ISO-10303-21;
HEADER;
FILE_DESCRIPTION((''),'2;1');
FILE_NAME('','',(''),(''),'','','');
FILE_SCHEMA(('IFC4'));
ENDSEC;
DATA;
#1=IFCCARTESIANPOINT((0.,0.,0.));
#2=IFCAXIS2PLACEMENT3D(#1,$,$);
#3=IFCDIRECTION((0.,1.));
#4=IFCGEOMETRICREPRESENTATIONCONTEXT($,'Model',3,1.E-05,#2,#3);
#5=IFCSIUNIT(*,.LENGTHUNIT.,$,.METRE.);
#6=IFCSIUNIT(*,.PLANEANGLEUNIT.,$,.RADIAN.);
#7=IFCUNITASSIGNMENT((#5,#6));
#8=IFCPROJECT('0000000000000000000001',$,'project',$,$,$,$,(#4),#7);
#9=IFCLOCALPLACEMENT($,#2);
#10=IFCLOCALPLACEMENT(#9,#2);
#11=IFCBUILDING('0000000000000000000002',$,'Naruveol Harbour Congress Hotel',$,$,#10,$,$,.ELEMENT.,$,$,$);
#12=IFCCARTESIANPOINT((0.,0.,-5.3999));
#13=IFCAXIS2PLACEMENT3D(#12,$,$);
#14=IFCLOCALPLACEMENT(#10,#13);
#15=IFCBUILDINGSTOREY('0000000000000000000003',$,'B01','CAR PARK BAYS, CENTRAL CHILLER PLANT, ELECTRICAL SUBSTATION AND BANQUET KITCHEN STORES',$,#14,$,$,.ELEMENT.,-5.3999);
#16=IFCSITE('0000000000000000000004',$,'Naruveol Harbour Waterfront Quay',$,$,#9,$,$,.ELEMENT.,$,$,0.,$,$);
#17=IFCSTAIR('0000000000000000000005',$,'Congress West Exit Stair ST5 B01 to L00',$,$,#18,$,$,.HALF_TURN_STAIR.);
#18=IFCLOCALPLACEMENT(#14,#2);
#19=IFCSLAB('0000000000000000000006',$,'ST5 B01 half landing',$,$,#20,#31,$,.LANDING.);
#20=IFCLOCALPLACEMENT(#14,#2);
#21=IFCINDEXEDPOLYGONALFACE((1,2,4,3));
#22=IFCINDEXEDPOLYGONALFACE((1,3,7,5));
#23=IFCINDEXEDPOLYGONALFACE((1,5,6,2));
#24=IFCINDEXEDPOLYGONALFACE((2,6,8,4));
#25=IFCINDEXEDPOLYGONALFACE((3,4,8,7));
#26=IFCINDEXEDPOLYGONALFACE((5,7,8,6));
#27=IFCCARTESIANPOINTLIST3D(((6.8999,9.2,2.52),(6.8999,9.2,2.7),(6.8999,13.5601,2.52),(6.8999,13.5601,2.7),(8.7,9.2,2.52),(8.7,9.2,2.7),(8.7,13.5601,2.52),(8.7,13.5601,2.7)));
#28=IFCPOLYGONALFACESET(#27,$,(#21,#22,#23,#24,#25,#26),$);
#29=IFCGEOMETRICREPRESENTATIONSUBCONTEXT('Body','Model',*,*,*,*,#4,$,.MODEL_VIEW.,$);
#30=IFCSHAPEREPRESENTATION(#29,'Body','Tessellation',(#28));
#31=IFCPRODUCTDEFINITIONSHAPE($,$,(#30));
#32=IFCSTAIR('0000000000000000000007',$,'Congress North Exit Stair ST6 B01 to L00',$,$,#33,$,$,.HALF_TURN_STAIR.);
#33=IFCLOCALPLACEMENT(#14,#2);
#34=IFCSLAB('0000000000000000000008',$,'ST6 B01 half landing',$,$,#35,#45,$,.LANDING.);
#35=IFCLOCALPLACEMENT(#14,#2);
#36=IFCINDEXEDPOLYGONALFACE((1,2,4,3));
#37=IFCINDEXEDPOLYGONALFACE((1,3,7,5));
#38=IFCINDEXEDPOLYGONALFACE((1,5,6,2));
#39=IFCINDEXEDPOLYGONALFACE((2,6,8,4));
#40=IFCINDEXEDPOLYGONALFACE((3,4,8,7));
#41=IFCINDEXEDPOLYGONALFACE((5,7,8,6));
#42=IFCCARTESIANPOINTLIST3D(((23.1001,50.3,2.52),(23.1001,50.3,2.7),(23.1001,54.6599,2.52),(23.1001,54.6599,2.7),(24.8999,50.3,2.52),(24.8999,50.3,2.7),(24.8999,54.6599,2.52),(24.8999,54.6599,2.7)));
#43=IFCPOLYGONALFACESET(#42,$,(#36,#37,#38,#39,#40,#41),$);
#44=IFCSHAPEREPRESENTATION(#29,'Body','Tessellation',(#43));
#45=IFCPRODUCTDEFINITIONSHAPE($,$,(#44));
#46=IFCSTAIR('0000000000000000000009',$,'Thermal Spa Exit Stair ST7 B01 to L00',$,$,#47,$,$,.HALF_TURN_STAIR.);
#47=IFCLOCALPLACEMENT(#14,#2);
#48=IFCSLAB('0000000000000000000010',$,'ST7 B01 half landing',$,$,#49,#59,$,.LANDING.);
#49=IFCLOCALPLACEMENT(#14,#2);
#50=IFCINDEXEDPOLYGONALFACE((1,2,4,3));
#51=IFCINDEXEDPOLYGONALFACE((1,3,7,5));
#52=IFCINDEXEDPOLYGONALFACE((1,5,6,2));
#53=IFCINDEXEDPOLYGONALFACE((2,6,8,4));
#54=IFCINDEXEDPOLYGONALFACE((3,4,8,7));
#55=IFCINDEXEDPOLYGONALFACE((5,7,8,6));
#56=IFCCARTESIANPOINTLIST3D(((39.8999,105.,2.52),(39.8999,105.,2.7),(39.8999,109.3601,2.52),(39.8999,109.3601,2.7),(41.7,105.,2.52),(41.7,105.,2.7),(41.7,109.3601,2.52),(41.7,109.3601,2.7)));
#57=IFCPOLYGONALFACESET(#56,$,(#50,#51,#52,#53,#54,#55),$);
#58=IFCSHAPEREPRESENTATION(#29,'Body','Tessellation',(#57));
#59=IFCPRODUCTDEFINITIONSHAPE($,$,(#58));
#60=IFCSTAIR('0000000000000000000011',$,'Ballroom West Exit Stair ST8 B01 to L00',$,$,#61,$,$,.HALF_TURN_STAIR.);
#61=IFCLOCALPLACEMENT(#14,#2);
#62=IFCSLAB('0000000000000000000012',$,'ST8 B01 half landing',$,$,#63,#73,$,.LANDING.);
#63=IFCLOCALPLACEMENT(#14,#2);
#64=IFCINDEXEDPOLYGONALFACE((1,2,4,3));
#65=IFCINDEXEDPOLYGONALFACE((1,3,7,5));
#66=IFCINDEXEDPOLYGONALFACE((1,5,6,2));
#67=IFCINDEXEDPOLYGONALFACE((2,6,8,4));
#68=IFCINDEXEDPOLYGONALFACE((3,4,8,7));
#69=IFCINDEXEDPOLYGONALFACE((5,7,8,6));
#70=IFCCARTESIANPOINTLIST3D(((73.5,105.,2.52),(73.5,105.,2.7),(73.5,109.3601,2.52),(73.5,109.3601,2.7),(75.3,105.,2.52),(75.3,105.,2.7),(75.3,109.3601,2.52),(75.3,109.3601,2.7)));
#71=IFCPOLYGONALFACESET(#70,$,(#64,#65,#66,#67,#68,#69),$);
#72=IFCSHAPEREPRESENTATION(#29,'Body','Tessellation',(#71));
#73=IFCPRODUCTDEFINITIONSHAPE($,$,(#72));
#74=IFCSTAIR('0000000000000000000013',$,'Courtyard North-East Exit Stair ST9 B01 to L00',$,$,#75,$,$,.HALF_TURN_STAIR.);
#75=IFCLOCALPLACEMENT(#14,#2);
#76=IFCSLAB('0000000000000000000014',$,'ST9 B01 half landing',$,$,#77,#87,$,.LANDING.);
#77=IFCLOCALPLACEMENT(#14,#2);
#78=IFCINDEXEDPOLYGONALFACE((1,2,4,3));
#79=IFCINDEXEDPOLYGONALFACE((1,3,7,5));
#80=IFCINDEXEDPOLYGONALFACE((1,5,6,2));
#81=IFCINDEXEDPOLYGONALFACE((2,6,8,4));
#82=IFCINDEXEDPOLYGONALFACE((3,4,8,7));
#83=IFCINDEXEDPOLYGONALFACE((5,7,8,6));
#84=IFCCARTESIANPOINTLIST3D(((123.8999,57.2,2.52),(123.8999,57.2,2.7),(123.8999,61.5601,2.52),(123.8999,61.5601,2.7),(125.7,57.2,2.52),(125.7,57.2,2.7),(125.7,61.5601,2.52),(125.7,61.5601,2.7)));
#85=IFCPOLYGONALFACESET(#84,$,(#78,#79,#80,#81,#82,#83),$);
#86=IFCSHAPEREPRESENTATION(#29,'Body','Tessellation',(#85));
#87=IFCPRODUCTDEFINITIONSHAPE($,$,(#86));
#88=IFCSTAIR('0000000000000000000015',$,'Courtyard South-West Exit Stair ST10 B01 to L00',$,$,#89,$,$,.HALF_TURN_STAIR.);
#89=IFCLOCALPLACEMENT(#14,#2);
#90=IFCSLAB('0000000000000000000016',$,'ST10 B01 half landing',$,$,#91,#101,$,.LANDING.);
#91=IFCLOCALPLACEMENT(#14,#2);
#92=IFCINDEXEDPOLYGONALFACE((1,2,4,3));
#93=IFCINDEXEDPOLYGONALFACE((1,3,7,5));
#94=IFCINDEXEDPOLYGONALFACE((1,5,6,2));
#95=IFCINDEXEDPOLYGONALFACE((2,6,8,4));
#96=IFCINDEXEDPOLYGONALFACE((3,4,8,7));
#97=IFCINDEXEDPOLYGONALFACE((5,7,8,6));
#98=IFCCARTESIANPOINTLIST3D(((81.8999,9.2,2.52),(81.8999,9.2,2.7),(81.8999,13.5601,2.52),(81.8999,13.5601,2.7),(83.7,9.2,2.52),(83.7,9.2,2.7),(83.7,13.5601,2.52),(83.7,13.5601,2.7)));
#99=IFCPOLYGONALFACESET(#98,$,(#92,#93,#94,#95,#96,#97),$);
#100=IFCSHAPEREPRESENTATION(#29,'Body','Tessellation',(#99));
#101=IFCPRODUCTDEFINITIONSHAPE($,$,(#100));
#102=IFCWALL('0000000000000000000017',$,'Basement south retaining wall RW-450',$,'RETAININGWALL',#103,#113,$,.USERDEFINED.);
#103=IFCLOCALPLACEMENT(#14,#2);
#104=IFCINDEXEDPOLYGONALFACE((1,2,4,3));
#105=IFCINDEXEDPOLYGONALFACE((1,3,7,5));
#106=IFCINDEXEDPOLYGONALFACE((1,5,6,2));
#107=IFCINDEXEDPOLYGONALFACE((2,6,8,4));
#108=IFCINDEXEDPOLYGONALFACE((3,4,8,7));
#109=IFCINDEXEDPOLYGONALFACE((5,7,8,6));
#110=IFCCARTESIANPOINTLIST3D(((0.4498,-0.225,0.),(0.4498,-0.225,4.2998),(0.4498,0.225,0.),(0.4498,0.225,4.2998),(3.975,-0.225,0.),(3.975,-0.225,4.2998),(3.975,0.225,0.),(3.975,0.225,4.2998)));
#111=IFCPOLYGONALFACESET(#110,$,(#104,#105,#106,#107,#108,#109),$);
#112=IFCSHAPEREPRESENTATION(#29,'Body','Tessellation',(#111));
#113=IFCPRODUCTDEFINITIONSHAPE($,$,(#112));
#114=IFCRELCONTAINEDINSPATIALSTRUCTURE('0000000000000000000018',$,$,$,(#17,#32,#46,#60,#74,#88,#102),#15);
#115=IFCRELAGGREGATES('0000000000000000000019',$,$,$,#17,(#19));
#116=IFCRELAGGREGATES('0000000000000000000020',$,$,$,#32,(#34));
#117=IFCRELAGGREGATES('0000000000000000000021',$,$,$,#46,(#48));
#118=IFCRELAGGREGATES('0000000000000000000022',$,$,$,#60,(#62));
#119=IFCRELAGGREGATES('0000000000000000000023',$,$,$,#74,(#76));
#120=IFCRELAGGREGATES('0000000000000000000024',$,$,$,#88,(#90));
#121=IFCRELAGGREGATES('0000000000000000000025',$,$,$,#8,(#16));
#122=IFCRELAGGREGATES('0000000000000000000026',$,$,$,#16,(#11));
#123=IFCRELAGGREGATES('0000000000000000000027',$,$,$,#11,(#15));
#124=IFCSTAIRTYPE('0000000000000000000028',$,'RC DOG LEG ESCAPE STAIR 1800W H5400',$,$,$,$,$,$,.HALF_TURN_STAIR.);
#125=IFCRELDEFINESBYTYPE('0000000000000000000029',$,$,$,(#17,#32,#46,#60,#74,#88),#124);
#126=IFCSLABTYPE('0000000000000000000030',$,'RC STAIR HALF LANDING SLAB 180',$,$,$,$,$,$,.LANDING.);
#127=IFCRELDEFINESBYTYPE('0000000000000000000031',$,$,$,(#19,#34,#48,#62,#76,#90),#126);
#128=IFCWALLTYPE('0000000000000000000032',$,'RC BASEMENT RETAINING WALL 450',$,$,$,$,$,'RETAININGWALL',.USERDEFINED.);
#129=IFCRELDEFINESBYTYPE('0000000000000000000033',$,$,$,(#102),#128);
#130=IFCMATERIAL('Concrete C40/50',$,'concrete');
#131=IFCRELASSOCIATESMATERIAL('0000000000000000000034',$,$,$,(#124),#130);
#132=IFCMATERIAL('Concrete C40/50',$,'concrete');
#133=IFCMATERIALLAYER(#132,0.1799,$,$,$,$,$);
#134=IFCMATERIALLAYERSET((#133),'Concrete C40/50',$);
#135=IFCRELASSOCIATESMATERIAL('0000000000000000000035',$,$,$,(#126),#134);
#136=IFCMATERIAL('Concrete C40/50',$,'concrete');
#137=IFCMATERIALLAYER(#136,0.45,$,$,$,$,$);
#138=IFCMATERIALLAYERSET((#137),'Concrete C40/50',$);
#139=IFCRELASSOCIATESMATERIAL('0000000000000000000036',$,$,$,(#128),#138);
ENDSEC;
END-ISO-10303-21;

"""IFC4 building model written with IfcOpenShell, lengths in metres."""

from ifc_helpers import new_model, si_unit, direction, frame, frame_2d, origin, place, context, subcontext, project, spatial, polyline, rectangle, outline, extrude, material, layer, layer_set, type_object, element, aggregate, save


model = new_model("IFC4")

# Units and contexts
model_context = context("Model", 3, precision=1e-05, world=origin(), true_north=direction((0.0, 1.0)))
body_context = subcontext(model_context, "Body", "Model", "MODEL_VIEW")
ifc_project = project(units=[si_unit("LENGTHUNIT", "METRE"), si_unit("PLANEANGLEUNIT", "RADIAN")], contexts=[model_context])

# Site, building, storey
site_placement = place(None, origin())
site = spatial("IfcSite", under=ifc_project, at=site_placement, Name="Naruveol Harbour Waterfront Quay", CompositionType="ELEMENT", RefElevation=0.0)
building_placement = place(site_placement, origin())
building = spatial("IfcBuilding", under=site, at=building_placement, Name="Naruveol Harbour Congress Hotel", CompositionType="ELEMENT")
storey_placement = place(building_placement, frame((0.0, 0.0, -5.3999)))
storey = spatial("IfcBuildingStorey", under=building, at=storey_placement, Name="B01", Description="CAR PARK BAYS, CENTRAL CHILLER PLANT, ELECTRICAL SUBSTATION AND BANQUET KITCHEN STORES", CompositionType="ELEMENT", Elevation=-5.3999)

# Stairs, slabs
ifc_material_1 = material(Name="Concrete C40/50", Category="concrete")
stair_type = type_object("IfcStairType", Name="RC DOG LEG ESCAPE STAIR 1800W H5400", PredefinedType="HALF_TURN_STAIR", material=ifc_material_1)
ifc_material_2 = material(Name="Concrete C40/50", Category="concrete")
ifc_layer_1 = layer(ifc_material_2, 0.1799)
ifc_layer_set_1 = layer_set([ifc_layer_1], Name="Concrete C40/50")
slab_type_1 = type_object("IfcSlabType", Name="RC STAIR HALF LANDING SLAB 180", PredefinedType="LANDING", material=ifc_layer_set_1)
stair_1_placement = place(storey_placement, origin())
stair_1 = element("IfcStair", 1, at=stair_1_placement, inside=storey, type_object=stair_type, Name="Congress West Exit Stair ST5 B01 to L00", PredefinedType="HALF_TURN_STAIR")
slab_1_placement = place(storey_placement, frame((0.0, 0.0, 2.52)))
slab_1 = element("IfcSlab", 2, at=slab_1_placement, type_object=slab_type_1, Name="ST5 B01 half landing", PredefinedType="LANDING", context=body_context, shape_type="SweptSolid", body=[
    extrude(outline(polyline([(6.8999, 9.2), (8.7, 9.2), (8.7, 13.5601), (6.8999, 13.5601), (6.8999, 9.2)])), origin(), (0.0, 0.0, 1.0), 0.1799),
])
aggregate(stair_1, [slab_1])
stair_2_placement = place(storey_placement, origin())
stair_2 = element("IfcStair", 3, at=stair_2_placement, inside=storey, type_object=stair_type, Name="Congress North Exit Stair ST6 B01 to L00", PredefinedType="HALF_TURN_STAIR")
slab_2_placement = place(storey_placement, frame((0.0, 0.0, 2.52)))
slab_2 = element("IfcSlab", 4, at=slab_2_placement, type_object=slab_type_1, Name="ST6 B01 half landing", PredefinedType="LANDING", context=body_context, shape_type="SweptSolid", body=[
    extrude(outline(polyline([(23.1001, 50.3), (24.8999, 50.3), (24.8999, 54.6599), (23.1001, 54.6599), (23.1001, 50.3)])), origin(), (0.0, 0.0, 1.0), 0.1799),
])
aggregate(stair_2, [slab_2])
stair_3_placement = place(storey_placement, origin())
stair_3 = element("IfcStair", 5, at=stair_3_placement, inside=storey, type_object=stair_type, Name="Thermal Spa Exit Stair ST7 B01 to L00", PredefinedType="HALF_TURN_STAIR")
slab_3_placement = place(storey_placement, frame((0.0, 0.0, 2.52)))
slab_3 = element("IfcSlab", 6, at=slab_3_placement, type_object=slab_type_1, Name="ST7 B01 half landing", PredefinedType="LANDING", context=body_context, shape_type="SweptSolid", body=[
    extrude(outline(polyline([(39.8999, 105.0), (41.7, 105.0), (41.7, 109.3601), (39.8999, 109.3601), (39.8999, 105.0)])), origin(), (0.0, 0.0, 1.0), 0.1799),
])
aggregate(stair_3, [slab_3])
stair_4_placement = place(storey_placement, origin())
stair_4 = element("IfcStair", 7, at=stair_4_placement, inside=storey, type_object=stair_type, Name="Ballroom West Exit Stair ST8 B01 to L00", PredefinedType="HALF_TURN_STAIR")
slab_4_placement = place(storey_placement, frame((0.0, 0.0, 2.52)))
slab_4 = element("IfcSlab", 8, at=slab_4_placement, type_object=slab_type_1, Name="ST8 B01 half landing", PredefinedType="LANDING", context=body_context, shape_type="SweptSolid", body=[
    extrude(outline(polyline([(73.5, 105.0), (75.3, 105.0), (75.3, 109.3601), (73.5, 109.3601), (73.5, 105.0)])), origin(), (0.0, 0.0, 1.0), 0.1799),
])
aggregate(stair_4, [slab_4])
stair_5_placement = place(storey_placement, origin())
stair_5 = element("IfcStair", 9, at=stair_5_placement, inside=storey, type_object=stair_type, Name="Courtyard North-East Exit Stair ST9 B01 to L00", PredefinedType="HALF_TURN_STAIR")
slab_5_placement = place(storey_placement, frame((0.0, 0.0, 2.52)))
slab_5 = element("IfcSlab", 10, at=slab_5_placement, type_object=slab_type_1, Name="ST9 B01 half landing", PredefinedType="LANDING", context=body_context, shape_type="SweptSolid", body=[
    extrude(outline(polyline([(123.8999, 57.2), (125.7, 57.2), (125.7, 61.5601), (123.8999, 61.5601), (123.8999, 57.2)])), origin(), (0.0, 0.0, 1.0), 0.1799),
])
aggregate(stair_5, [slab_5])
stair_6_placement = place(storey_placement, origin())
stair_6 = element("IfcStair", 11, at=stair_6_placement, inside=storey, type_object=stair_type, Name="Courtyard South-West Exit Stair ST10 B01 to L00", PredefinedType="HALF_TURN_STAIR")
slab_6_placement = place(storey_placement, frame((0.0, 0.0, 2.52)))
slab_6 = element("IfcSlab", 12, at=slab_6_placement, type_object=slab_type_1, Name="ST10 B01 half landing", PredefinedType="LANDING", context=body_context, shape_type="SweptSolid", body=[
    extrude(outline(polyline([(81.8999, 9.2), (83.7, 9.2), (83.7, 13.5601), (81.8999, 13.5601), (81.8999, 9.2)])), origin(), (0.0, 0.0, 1.0), 0.1799),
])
aggregate(stair_6, [slab_6])

# Wall
ifc_material_3 = material(Name="Concrete C40/50", Category="concrete")
ifc_layer_2 = layer(ifc_material_3, 0.45)
ifc_layer_set_2 = layer_set([ifc_layer_2], Name="Concrete C40/50")
wall_type = type_object("IfcWallType", Name="RC BASEMENT RETAINING WALL 450", ElementType="RETAININGWALL", PredefinedType="USERDEFINED", material=ifc_layer_set_2)
wall_placement = place(storey_placement, frame((3.9751, 0.0, 0.0), z_axis=(0.0, 0.0, 1.0), x_axis=(-1.0, 0.0, 0.0)))
element("IfcWall", 13, at=wall_placement, inside=storey, type_object=wall_type, Name="Basement south retaining wall RW-450", ObjectType="RETAININGWALL", PredefinedType="USERDEFINED", context=body_context, shape_type="SweptSolid", body=[
    extrude(rectangle(XDim=3.5251, YDim=0.45, at=frame_2d((1.7627, 0.0))), origin(), (0.0, 0.0, 1.0), 4.2998),
])

save(model, "model.ifc")
